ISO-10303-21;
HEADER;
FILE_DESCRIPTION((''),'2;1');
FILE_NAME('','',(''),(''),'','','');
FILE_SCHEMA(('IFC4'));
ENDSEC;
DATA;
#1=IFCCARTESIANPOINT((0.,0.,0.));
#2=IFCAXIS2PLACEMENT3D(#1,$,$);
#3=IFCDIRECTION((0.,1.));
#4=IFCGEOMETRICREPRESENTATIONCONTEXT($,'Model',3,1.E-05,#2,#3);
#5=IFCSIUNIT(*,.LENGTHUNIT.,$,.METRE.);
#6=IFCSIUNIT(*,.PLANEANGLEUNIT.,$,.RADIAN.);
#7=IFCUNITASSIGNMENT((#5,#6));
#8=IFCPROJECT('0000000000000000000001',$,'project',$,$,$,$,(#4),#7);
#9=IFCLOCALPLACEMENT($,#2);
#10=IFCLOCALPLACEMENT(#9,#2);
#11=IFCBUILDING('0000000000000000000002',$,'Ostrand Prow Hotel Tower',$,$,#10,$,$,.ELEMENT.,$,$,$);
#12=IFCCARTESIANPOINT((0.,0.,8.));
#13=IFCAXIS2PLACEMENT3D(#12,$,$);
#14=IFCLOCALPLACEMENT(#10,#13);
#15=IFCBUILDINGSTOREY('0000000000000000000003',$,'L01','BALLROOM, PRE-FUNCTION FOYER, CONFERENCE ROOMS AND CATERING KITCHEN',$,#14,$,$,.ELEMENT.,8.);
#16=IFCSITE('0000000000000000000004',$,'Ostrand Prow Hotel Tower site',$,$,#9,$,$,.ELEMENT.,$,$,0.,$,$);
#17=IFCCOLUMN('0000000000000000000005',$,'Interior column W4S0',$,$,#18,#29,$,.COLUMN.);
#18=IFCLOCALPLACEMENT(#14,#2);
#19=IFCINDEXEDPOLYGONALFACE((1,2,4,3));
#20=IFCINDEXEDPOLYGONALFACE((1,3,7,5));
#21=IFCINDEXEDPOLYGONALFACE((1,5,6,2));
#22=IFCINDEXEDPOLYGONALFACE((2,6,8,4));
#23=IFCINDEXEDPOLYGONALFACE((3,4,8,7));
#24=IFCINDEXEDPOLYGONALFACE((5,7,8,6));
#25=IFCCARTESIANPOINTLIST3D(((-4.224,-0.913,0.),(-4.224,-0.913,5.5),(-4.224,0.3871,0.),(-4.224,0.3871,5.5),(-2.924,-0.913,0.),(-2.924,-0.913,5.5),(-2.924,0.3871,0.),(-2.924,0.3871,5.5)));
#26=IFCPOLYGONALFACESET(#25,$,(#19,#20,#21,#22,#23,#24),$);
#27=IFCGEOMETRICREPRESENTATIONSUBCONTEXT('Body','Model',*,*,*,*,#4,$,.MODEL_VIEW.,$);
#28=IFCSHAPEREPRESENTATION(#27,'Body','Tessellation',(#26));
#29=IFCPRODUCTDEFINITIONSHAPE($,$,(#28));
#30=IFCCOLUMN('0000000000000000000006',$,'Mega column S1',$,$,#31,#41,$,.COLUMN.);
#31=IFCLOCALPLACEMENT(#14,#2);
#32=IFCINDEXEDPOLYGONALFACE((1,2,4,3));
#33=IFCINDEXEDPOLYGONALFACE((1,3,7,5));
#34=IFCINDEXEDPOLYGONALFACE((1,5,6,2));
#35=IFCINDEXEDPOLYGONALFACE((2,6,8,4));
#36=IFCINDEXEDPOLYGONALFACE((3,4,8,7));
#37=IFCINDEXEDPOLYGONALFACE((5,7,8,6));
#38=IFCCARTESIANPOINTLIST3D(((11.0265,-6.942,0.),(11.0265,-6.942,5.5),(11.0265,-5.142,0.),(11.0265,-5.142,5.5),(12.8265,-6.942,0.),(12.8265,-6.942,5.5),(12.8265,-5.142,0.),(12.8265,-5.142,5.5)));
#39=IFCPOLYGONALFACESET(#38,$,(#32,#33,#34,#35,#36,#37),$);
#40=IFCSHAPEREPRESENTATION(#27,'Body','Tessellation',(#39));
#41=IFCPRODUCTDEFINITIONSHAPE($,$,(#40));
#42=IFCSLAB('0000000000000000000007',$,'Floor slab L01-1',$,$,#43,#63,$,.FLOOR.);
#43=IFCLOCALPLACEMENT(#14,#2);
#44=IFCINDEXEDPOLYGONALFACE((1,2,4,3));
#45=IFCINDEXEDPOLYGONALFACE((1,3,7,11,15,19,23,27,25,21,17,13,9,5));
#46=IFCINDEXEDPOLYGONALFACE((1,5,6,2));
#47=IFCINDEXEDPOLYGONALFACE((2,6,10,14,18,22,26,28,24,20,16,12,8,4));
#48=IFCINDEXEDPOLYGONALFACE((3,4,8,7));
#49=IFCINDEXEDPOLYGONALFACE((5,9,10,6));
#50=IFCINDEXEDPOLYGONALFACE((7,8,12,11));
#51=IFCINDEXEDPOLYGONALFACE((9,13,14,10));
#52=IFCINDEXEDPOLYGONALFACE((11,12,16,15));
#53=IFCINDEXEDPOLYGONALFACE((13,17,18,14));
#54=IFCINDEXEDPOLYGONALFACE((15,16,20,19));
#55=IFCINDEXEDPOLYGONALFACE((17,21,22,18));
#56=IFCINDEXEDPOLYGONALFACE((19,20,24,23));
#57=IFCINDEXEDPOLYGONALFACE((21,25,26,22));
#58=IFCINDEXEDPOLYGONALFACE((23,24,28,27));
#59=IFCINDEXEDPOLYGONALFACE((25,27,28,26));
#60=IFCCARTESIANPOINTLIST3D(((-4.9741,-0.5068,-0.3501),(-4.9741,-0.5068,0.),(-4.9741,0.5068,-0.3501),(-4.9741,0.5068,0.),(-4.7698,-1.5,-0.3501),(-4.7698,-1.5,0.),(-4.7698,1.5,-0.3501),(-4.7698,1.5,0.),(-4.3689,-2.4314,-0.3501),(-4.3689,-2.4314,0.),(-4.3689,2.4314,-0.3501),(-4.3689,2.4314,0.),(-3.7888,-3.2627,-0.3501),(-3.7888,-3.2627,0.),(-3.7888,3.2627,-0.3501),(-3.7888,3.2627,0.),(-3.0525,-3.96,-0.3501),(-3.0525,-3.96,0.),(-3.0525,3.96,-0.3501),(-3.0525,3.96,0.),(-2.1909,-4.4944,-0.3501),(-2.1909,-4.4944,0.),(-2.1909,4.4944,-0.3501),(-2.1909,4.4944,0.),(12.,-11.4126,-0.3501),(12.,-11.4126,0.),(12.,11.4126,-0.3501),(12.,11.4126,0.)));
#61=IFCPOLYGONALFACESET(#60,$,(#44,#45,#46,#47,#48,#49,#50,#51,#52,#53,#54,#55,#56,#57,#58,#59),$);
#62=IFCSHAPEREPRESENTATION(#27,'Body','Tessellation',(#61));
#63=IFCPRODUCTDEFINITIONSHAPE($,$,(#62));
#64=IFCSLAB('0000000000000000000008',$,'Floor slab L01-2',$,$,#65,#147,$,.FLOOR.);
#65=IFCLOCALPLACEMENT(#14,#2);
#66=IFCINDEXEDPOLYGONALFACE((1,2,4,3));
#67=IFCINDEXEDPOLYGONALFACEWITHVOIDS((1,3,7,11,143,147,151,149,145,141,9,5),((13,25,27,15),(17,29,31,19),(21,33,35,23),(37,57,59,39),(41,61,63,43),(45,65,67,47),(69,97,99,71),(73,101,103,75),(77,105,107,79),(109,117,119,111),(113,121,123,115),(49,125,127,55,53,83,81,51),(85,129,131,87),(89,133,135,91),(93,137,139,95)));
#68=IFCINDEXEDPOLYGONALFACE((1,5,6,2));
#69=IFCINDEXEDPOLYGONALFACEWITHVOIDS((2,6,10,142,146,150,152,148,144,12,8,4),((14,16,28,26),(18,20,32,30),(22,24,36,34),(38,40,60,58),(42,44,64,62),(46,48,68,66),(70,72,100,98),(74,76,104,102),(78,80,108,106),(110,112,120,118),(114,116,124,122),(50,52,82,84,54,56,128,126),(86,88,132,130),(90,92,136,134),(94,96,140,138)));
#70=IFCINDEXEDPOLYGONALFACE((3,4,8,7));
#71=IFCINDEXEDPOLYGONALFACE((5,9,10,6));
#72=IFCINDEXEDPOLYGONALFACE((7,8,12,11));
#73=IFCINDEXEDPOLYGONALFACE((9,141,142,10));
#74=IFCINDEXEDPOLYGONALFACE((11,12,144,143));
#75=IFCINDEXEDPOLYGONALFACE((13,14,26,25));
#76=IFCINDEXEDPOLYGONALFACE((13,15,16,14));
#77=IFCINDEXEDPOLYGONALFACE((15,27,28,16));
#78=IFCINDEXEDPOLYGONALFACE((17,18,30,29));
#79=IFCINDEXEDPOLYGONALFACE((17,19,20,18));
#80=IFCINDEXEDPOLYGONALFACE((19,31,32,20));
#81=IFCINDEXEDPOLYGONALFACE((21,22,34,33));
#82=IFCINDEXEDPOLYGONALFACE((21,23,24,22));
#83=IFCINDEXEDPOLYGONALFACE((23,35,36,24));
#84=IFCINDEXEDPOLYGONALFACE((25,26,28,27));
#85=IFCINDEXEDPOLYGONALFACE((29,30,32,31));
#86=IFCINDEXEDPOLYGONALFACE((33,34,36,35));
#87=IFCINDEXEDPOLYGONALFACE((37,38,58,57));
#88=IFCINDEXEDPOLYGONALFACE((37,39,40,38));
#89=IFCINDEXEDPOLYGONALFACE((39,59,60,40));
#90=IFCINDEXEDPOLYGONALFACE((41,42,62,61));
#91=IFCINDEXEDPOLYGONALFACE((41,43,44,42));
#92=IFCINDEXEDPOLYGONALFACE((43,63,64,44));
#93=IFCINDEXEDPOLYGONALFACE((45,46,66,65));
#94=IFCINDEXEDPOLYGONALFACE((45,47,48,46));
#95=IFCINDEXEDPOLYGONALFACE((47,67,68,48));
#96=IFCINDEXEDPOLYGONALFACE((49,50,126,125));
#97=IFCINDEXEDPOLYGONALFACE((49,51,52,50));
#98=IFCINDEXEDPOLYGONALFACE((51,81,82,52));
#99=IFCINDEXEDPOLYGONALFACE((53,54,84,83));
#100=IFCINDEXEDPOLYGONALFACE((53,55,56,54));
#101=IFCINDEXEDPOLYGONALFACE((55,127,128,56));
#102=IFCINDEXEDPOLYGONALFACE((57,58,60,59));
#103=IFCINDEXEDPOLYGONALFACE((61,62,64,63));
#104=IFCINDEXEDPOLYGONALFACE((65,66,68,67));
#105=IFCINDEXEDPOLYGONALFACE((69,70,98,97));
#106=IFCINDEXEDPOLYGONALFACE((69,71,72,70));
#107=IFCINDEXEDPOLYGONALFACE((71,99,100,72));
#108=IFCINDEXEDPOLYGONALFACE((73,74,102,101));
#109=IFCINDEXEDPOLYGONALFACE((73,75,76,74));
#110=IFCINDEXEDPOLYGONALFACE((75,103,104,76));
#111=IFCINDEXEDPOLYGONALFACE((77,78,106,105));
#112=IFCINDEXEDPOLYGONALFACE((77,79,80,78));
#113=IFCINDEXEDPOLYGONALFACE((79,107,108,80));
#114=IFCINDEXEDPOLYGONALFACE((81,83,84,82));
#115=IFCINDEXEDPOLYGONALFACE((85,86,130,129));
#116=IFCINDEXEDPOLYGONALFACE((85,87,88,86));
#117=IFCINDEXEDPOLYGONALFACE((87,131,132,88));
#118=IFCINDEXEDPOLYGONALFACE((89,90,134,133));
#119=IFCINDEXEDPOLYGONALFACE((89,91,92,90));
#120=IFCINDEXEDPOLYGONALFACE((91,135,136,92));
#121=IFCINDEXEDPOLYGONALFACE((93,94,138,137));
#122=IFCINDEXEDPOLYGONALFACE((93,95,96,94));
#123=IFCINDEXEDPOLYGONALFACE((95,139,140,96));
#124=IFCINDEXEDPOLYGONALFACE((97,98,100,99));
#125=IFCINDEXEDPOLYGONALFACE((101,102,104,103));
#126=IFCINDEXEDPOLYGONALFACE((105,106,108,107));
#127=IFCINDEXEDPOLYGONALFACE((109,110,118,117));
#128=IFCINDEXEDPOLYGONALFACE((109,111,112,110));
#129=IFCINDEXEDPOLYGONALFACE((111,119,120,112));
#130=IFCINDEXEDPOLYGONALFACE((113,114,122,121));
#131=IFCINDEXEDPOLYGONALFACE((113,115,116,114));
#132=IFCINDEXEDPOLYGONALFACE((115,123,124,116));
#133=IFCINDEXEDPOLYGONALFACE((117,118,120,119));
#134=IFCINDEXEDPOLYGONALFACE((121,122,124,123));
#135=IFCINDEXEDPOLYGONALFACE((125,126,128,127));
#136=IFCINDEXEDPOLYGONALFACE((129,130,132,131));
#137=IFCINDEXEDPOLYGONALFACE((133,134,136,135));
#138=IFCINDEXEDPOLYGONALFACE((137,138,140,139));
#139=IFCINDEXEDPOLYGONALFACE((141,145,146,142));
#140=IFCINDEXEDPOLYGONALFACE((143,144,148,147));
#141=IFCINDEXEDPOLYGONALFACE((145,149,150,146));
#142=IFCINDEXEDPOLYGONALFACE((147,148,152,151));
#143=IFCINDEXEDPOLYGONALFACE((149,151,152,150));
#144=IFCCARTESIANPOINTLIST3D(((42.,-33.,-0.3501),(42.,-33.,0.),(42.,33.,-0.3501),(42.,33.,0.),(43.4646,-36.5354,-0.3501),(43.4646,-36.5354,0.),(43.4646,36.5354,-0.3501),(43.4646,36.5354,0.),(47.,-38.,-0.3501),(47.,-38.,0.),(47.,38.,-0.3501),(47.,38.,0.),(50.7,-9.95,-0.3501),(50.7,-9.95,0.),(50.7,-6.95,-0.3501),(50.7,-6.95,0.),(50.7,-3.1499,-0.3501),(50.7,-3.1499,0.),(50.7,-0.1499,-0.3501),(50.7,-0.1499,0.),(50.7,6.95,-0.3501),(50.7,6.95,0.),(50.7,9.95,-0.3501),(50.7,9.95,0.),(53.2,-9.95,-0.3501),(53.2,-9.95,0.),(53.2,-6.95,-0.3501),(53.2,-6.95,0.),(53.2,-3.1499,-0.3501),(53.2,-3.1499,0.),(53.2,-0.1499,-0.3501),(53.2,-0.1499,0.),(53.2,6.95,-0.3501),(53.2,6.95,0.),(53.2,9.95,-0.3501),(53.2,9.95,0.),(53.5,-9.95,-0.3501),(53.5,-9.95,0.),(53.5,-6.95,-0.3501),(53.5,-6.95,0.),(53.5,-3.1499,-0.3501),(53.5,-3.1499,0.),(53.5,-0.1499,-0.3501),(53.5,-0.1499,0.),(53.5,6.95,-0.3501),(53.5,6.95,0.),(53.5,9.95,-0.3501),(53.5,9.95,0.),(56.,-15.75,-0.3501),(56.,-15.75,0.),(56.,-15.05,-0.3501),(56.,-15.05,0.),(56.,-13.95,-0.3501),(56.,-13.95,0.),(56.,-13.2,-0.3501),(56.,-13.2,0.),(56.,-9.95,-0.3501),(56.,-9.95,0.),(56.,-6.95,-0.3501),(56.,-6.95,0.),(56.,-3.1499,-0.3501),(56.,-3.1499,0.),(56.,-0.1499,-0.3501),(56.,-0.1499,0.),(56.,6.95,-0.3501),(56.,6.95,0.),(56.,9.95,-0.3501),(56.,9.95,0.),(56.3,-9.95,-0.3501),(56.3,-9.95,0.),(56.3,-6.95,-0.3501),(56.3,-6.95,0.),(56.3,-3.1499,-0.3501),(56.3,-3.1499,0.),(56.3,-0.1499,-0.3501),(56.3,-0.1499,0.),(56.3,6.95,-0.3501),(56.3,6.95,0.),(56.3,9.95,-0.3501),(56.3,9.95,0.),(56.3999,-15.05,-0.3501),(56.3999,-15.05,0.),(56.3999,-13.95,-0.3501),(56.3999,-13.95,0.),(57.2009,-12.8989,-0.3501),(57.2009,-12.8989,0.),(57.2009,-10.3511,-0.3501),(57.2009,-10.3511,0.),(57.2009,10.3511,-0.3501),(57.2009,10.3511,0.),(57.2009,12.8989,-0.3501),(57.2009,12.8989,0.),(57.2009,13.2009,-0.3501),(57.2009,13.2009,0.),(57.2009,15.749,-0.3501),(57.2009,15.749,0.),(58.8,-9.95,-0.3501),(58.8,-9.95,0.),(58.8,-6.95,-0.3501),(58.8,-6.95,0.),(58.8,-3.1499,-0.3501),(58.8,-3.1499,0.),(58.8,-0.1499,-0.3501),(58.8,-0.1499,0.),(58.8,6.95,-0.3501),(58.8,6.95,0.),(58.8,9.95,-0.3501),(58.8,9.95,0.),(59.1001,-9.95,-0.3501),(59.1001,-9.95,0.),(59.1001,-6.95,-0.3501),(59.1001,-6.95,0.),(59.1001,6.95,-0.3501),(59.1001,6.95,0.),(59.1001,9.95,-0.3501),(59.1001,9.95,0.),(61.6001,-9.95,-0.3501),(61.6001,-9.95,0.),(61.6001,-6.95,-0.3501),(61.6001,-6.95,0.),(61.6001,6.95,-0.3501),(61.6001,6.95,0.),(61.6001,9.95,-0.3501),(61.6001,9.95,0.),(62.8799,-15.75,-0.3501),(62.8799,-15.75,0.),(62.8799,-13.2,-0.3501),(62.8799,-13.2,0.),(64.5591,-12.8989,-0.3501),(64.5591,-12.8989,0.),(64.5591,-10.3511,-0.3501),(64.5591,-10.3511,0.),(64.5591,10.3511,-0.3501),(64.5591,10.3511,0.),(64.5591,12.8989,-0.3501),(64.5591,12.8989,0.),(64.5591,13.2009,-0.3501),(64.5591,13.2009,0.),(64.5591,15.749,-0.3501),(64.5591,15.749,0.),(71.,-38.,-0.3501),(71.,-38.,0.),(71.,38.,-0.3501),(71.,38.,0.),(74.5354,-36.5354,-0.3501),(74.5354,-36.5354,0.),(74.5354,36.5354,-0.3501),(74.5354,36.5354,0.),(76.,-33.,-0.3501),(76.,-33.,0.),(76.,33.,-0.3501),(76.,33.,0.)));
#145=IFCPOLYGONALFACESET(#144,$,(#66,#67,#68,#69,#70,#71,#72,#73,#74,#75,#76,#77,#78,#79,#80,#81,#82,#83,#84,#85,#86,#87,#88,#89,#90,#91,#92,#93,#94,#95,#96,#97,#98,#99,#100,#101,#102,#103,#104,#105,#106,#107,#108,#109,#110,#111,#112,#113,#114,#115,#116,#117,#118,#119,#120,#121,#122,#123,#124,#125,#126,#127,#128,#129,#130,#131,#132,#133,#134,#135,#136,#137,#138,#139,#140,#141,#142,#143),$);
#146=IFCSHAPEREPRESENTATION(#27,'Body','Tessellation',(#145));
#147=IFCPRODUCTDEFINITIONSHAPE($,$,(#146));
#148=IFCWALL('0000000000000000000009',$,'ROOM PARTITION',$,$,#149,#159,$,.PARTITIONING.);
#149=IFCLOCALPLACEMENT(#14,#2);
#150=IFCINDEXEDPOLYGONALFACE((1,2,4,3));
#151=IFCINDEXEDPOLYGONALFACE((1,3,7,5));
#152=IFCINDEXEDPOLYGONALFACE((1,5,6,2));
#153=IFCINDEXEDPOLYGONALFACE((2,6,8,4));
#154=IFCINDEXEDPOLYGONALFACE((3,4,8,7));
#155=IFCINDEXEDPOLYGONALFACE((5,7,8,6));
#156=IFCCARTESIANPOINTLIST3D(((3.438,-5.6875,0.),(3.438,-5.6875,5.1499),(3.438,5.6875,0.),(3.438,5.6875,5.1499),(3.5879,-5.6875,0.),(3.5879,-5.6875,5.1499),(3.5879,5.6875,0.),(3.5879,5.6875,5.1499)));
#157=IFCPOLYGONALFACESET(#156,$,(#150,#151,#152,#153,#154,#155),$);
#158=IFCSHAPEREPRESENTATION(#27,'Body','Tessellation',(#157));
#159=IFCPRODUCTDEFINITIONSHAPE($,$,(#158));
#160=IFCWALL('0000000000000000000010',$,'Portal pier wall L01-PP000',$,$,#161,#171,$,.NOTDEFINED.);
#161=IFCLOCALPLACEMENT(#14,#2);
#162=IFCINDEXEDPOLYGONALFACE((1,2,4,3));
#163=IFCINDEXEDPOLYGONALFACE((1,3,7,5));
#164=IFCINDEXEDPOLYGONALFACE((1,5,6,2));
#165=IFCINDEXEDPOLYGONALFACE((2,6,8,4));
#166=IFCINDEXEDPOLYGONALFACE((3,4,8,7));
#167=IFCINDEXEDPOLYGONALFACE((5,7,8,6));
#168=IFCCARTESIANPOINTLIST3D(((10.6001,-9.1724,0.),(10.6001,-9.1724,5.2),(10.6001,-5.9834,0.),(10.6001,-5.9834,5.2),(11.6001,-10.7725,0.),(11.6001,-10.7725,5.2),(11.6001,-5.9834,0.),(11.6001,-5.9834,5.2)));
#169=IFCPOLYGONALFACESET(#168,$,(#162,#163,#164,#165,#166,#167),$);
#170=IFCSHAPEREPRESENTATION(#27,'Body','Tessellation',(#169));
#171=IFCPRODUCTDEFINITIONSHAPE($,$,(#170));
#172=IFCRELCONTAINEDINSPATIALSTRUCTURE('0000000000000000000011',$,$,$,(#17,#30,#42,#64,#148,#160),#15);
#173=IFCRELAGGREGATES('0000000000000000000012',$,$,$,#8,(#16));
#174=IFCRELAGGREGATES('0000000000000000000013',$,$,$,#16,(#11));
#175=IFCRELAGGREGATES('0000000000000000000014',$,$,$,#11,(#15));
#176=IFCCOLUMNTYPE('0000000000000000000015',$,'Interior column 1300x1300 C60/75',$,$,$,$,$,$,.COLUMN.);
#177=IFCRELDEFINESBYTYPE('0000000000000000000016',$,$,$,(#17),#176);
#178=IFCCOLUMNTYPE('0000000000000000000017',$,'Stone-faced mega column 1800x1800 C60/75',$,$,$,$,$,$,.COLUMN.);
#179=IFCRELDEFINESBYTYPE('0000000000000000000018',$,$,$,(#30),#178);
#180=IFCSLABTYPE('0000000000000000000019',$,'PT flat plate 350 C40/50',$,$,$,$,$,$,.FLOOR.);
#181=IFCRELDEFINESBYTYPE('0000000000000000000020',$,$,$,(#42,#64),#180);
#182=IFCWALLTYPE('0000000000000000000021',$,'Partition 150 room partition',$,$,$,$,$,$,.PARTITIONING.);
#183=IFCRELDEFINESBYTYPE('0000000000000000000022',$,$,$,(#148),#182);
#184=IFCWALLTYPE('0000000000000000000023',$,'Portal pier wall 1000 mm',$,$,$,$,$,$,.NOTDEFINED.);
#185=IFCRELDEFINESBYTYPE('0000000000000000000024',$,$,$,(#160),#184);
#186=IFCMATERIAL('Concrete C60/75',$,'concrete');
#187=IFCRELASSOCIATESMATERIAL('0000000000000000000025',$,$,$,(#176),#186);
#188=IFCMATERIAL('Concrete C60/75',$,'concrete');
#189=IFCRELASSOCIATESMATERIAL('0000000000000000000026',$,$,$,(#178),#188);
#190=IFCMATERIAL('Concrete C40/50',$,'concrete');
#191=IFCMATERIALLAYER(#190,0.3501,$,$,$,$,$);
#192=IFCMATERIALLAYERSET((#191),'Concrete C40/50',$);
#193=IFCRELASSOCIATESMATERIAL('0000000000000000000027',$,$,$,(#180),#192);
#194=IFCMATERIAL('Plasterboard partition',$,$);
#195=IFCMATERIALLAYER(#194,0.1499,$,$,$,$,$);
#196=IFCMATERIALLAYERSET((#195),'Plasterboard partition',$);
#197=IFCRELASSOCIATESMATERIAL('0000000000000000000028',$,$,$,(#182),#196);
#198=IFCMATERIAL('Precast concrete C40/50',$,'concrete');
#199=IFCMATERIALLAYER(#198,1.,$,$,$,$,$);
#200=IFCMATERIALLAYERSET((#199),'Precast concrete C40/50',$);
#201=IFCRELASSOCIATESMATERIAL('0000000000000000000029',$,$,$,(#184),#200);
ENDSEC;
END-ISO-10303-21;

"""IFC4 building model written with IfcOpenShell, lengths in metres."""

from ifc_helpers import new_model, si_unit, direction, frame, frame_2d, origin, origin_2d, place, context, subcontext, project, spatial, polyline, rectangle, outline, extrude, material, layer, layer_set, material_profile, profile_set, type_object, element, save


model = new_model("IFC4")

# Units and contexts
model_context = context("Model", 3, precision=1e-05, world=origin(), true_north=direction((0.0, 1.0)))
body_context = subcontext(model_context, "Body", "Model", "MODEL_VIEW")
ifc_project = project(units=[si_unit("LENGTHUNIT", "METRE"), si_unit("PLANEANGLEUNIT", "RADIAN")], contexts=[model_context])

# Site, building, storey
site_placement = place(None, origin())
site = spatial("IfcSite", under=ifc_project, at=site_placement, Name="Ostrand Prow Hotel Tower site", CompositionType="ELEMENT", RefElevation=0.0)
building_placement = place(site_placement, origin())
building = spatial("IfcBuilding", under=site, at=building_placement, Name="Ostrand Prow Hotel Tower", CompositionType="ELEMENT")
storey_placement = place(building_placement, frame((0.0, 0.0, 8.0)))
storey = spatial("IfcBuildingStorey", under=building, at=storey_placement, Name="L01", Description="BALLROOM, PRE-FUNCTION FOYER, CONFERENCE ROOMS AND CATERING KITCHEN", CompositionType="ELEMENT", Elevation=8.0)

# Columns
ifc_material_1 = material(Name="Concrete C60/75", Category="concrete")
ifc_material_profile_1 = material_profile(ifc_material_1, rectangle(XDim=1.3, YDim=1.3, at=origin_2d()), Name="RC 1300x1300")
ifc_profile_set_1 = profile_set([ifc_material_profile_1], Name="Concrete C60/75")
column_type_1 = type_object("IfcColumnType", Name="Interior column 1300x1300 C60/75", PredefinedType="COLUMN", material=ifc_profile_set_1)
column_1_placement = place(storey_placement, frame((-3.574, -0.2629, 0.0), z_axis=(0.0, 0.0, 1.0), x_axis=(1.0, 0.0, 0.0)))
element("IfcColumn", 1, at=column_1_placement, inside=storey, type_object=column_type_1, Name="Interior column W4S0", PredefinedType="COLUMN", context=body_context, shape_type="SweptSolid", body=[
    extrude(rectangle(XDim=1.3, YDim=1.3, at=origin_2d()), origin(), (0.0, 0.0, 1.0), 5.5),
])
ifc_material_2 = material(Name="Concrete C60/75", Category="concrete")
ifc_material_profile_2 = material_profile(ifc_material_2, rectangle(XDim=1.8, YDim=1.8, at=origin_2d()), Name="RC 1800x1800")
ifc_profile_set_2 = profile_set([ifc_material_profile_2], Name="Concrete C60/75")
column_type_2 = type_object("IfcColumnType", Name="Stone-faced mega column 1800x1800 C60/75", PredefinedType="COLUMN", material=ifc_profile_set_2)
column_2_placement = place(storey_placement, frame((11.9265, -6.042, 0.0), z_axis=(0.0, 0.0, 1.0), x_axis=(1.0, 0.0, 0.0)))
element("IfcColumn", 2, at=column_2_placement, inside=storey, type_object=column_type_2, Name="Mega column S1", PredefinedType="COLUMN", context=body_context, shape_type="SweptSolid", body=[
    extrude(rectangle(XDim=1.8, YDim=1.8, at=origin_2d()), origin(), (0.0, 0.0, 1.0), 5.5),
])

# Slab
ifc_material_3 = material(Name="Concrete C40/50", Category="concrete")
ifc_layer_1 = layer(ifc_material_3, 0.3501)
ifc_layer_set_1 = layer_set([ifc_layer_1], Name="Concrete C40/50")
slab_type = type_object("IfcSlabType", Name="PT flat plate 350 C40/50", PredefinedType="FLOOR", material=ifc_layer_set_1)
slab_1_placement = place(storey_placement, frame((0.0, 0.0, -0.3501)))
element("IfcSlab", 3, at=slab_1_placement, inside=storey, type_object=slab_type, Name="Floor slab L01-1", PredefinedType="FLOOR", context=body_context, shape_type="SweptSolid", body=[
    extrude(outline(polyline([(12.0, -11.4126), (-2.1909, -4.4944), (-3.0525, -3.96), (-3.7888, -3.2627), (-4.3689, -2.4314), (-4.7698, -1.5), (-4.9741, -0.5068), (-4.9741, 0.5068), (-4.7698, 1.5), (-4.3689, 2.4314), (-3.7888, 3.2627), (-3.0525, 3.96), (-2.1909, 4.4944), (12.0, 11.4126), (12.0, -11.4126)])), origin(), (0.0, 0.0, 1.0), 0.3501),
])

# Slab, opening
slab_2_placement = place(storey_placement, frame((0.0, 0.0, -0.3501)))
slab_2 = element("IfcSlab", 4, at=slab_2_placement, inside=storey, type_object=slab_type, Name="Floor slab L01-2", PredefinedType="FLOOR", context=body_context, shape_type="SweptSolid", body=[
    extrude(outline(polyline([(47.0, -38.0), (43.4646, -36.5354), (42.0, -33.0), (42.0, 33.0), (43.4646, 36.5354), (47.0, 38.0), (71.0, 38.0), (74.5354, 36.5354), (76.0, 33.0), (76.0, -33.0), (74.5354, -36.5354), (71.0, -38.0), (47.0, -38.0)]), holes=[polyline([(50.7, 6.95), (53.2, 6.95), (53.2, 9.95), (50.7, 9.95), (50.7, 6.95)]), polyline([(53.5, 6.95), (56.0, 6.95), (56.0, 9.95), (53.5, 9.95), (53.5, 6.95)]), polyline([(56.3, 6.95), (58.8, 6.95), (58.8, 9.95), (56.3, 9.95), (56.3, 6.95)]), polyline([(59.1001, 6.95), (61.6001, 6.95), (61.6001, 9.95), (59.1001, 9.95), (59.1001, 6.95)]), polyline([(50.7, -3.1499), (53.2, -3.1499), (53.2, -0.1499), (50.7, -0.1499), (50.7, -3.1499)]), polyline([(53.5, -3.1499), (56.0, -3.1499), (56.0, -0.1499), (53.5, -0.1499), (53.5, -3.1499)]), polyline([(56.3, -3.1499), (58.8, -3.1499), (58.8, -0.1499), (56.3, -0.1499), (56.3, -3.1499)]), polyline([(50.7, -9.95), (53.2, -9.95), (53.2, -6.95), (50.7, -6.95), (50.7, -9.95)]), polyline([(53.5, -9.95), (56.0, -9.95), (56.0, -6.95), (53.5, -6.95), (53.5, -9.95)]), polyline([(56.3, -9.95), (58.8, -9.95), (58.8, -6.95), (56.3, -6.95), (56.3, -9.95)]), polyline([(59.1001, -9.95), (61.6001, -9.95), (61.6001, -6.95), (59.1001, -6.95), (59.1001, -9.95)]), polyline([(57.2009, 10.3511), (57.2009, 12.8989), (64.5591, 12.8989), (64.5591, 10.3511), (57.2009, 10.3511)]), polyline([(57.2009, 13.2009), (57.2009, 15.749), (64.5591, 15.749), (64.5591, 13.2009), (57.2009, 13.2009)]), polyline([(57.2009, -12.8989), (57.2009, -10.3511), (64.5591, -10.3511), (64.5591, -12.8989), (57.2009, -12.8989)]), polyline([(56.0, -13.2), (62.8799, -13.2), (62.8799, -15.75), (56.0, -15.75), (56.0, -15.05), (56.3999, -15.05), (56.3999, -13.95), (56.0, -13.95), (56.0, -13.2)])]), origin(), (0.0, 0.0, 1.0), 0.3501),
])
opening_1_placement = place(slab_2_placement, origin())
element("IfcOpeningElement", 5, at=opening_1_placement, cuts=slab_2, PredefinedType="OPENING", context=body_context, shape_type="SweptSolid", body=[
    extrude(outline(polyline([(56.0, -13.2), (62.8799, -13.2), (62.8799, -15.75), (56.0, -15.75), (56.0, -15.05), (56.3999, -15.05), (56.3999, -13.95), (56.0, -13.95), (56.0, -13.2)])), origin(), (0.0, 0.0, 1.0), 0.3501),
])

# Walls
ifc_material_4 = material(Name="Plasterboard partition")
ifc_layer_2 = layer(ifc_material_4, 0.1499)
ifc_layer_set_2 = layer_set([ifc_layer_2], Name="Plasterboard partition")
wall_type_1 = type_object("IfcWallType", Name="Partition 150 room partition", PredefinedType="PARTITIONING", material=ifc_layer_set_2)
wall_1_placement = place(storey_placement, frame((3.5129, -5.6875, 0.0), z_axis=(0.0, 0.0, 1.0), x_axis=(0.0, 1.0, 0.0)))
element("IfcWall", 6, at=wall_1_placement, inside=storey, type_object=wall_type_1, Name="ROOM PARTITION", PredefinedType="PARTITIONING", context=body_context, shape_type="SweptSolid", body=[
    extrude(rectangle(XDim=11.375, YDim=0.1499, at=frame_2d((5.6875, 0.0))), origin(), (0.0, 0.0, 1.0), 5.1499),
])
ifc_material_5 = material(Name="Precast concrete C40/50", Category="concrete")
ifc_layer_3 = layer(ifc_material_5, 1.0)
ifc_layer_set_3 = layer_set([ifc_layer_3], Name="Precast concrete C40/50")
wall_type_2 = type_object("IfcWallType", Name="Portal pier wall 1000 mm", PredefinedType="NOTDEFINED", material=ifc_layer_set_3)
wall_2_placement = place(storey_placement, frame((11.1001, -9.9724, 0.0), z_axis=(0.0, 0.0, 1.0), x_axis=(0.0, 1.0, 0.0)))
element("IfcWall", 7, at=wall_2_placement, inside=storey, type_object=wall_type_2, Name="Portal pier wall L01-PP000", PredefinedType="NOTDEFINED", context=body_context, shape_type="SweptSolid", body=[
    extrude(outline(polyline([(-0.8, -0.5), (3.989, -0.5), (3.989, 0.5), (0.8, 0.5), (-0.8, -0.5)])), origin(), (0.0, 0.0, 1.0), 5.2),
])

save(model, "model.ifc")
